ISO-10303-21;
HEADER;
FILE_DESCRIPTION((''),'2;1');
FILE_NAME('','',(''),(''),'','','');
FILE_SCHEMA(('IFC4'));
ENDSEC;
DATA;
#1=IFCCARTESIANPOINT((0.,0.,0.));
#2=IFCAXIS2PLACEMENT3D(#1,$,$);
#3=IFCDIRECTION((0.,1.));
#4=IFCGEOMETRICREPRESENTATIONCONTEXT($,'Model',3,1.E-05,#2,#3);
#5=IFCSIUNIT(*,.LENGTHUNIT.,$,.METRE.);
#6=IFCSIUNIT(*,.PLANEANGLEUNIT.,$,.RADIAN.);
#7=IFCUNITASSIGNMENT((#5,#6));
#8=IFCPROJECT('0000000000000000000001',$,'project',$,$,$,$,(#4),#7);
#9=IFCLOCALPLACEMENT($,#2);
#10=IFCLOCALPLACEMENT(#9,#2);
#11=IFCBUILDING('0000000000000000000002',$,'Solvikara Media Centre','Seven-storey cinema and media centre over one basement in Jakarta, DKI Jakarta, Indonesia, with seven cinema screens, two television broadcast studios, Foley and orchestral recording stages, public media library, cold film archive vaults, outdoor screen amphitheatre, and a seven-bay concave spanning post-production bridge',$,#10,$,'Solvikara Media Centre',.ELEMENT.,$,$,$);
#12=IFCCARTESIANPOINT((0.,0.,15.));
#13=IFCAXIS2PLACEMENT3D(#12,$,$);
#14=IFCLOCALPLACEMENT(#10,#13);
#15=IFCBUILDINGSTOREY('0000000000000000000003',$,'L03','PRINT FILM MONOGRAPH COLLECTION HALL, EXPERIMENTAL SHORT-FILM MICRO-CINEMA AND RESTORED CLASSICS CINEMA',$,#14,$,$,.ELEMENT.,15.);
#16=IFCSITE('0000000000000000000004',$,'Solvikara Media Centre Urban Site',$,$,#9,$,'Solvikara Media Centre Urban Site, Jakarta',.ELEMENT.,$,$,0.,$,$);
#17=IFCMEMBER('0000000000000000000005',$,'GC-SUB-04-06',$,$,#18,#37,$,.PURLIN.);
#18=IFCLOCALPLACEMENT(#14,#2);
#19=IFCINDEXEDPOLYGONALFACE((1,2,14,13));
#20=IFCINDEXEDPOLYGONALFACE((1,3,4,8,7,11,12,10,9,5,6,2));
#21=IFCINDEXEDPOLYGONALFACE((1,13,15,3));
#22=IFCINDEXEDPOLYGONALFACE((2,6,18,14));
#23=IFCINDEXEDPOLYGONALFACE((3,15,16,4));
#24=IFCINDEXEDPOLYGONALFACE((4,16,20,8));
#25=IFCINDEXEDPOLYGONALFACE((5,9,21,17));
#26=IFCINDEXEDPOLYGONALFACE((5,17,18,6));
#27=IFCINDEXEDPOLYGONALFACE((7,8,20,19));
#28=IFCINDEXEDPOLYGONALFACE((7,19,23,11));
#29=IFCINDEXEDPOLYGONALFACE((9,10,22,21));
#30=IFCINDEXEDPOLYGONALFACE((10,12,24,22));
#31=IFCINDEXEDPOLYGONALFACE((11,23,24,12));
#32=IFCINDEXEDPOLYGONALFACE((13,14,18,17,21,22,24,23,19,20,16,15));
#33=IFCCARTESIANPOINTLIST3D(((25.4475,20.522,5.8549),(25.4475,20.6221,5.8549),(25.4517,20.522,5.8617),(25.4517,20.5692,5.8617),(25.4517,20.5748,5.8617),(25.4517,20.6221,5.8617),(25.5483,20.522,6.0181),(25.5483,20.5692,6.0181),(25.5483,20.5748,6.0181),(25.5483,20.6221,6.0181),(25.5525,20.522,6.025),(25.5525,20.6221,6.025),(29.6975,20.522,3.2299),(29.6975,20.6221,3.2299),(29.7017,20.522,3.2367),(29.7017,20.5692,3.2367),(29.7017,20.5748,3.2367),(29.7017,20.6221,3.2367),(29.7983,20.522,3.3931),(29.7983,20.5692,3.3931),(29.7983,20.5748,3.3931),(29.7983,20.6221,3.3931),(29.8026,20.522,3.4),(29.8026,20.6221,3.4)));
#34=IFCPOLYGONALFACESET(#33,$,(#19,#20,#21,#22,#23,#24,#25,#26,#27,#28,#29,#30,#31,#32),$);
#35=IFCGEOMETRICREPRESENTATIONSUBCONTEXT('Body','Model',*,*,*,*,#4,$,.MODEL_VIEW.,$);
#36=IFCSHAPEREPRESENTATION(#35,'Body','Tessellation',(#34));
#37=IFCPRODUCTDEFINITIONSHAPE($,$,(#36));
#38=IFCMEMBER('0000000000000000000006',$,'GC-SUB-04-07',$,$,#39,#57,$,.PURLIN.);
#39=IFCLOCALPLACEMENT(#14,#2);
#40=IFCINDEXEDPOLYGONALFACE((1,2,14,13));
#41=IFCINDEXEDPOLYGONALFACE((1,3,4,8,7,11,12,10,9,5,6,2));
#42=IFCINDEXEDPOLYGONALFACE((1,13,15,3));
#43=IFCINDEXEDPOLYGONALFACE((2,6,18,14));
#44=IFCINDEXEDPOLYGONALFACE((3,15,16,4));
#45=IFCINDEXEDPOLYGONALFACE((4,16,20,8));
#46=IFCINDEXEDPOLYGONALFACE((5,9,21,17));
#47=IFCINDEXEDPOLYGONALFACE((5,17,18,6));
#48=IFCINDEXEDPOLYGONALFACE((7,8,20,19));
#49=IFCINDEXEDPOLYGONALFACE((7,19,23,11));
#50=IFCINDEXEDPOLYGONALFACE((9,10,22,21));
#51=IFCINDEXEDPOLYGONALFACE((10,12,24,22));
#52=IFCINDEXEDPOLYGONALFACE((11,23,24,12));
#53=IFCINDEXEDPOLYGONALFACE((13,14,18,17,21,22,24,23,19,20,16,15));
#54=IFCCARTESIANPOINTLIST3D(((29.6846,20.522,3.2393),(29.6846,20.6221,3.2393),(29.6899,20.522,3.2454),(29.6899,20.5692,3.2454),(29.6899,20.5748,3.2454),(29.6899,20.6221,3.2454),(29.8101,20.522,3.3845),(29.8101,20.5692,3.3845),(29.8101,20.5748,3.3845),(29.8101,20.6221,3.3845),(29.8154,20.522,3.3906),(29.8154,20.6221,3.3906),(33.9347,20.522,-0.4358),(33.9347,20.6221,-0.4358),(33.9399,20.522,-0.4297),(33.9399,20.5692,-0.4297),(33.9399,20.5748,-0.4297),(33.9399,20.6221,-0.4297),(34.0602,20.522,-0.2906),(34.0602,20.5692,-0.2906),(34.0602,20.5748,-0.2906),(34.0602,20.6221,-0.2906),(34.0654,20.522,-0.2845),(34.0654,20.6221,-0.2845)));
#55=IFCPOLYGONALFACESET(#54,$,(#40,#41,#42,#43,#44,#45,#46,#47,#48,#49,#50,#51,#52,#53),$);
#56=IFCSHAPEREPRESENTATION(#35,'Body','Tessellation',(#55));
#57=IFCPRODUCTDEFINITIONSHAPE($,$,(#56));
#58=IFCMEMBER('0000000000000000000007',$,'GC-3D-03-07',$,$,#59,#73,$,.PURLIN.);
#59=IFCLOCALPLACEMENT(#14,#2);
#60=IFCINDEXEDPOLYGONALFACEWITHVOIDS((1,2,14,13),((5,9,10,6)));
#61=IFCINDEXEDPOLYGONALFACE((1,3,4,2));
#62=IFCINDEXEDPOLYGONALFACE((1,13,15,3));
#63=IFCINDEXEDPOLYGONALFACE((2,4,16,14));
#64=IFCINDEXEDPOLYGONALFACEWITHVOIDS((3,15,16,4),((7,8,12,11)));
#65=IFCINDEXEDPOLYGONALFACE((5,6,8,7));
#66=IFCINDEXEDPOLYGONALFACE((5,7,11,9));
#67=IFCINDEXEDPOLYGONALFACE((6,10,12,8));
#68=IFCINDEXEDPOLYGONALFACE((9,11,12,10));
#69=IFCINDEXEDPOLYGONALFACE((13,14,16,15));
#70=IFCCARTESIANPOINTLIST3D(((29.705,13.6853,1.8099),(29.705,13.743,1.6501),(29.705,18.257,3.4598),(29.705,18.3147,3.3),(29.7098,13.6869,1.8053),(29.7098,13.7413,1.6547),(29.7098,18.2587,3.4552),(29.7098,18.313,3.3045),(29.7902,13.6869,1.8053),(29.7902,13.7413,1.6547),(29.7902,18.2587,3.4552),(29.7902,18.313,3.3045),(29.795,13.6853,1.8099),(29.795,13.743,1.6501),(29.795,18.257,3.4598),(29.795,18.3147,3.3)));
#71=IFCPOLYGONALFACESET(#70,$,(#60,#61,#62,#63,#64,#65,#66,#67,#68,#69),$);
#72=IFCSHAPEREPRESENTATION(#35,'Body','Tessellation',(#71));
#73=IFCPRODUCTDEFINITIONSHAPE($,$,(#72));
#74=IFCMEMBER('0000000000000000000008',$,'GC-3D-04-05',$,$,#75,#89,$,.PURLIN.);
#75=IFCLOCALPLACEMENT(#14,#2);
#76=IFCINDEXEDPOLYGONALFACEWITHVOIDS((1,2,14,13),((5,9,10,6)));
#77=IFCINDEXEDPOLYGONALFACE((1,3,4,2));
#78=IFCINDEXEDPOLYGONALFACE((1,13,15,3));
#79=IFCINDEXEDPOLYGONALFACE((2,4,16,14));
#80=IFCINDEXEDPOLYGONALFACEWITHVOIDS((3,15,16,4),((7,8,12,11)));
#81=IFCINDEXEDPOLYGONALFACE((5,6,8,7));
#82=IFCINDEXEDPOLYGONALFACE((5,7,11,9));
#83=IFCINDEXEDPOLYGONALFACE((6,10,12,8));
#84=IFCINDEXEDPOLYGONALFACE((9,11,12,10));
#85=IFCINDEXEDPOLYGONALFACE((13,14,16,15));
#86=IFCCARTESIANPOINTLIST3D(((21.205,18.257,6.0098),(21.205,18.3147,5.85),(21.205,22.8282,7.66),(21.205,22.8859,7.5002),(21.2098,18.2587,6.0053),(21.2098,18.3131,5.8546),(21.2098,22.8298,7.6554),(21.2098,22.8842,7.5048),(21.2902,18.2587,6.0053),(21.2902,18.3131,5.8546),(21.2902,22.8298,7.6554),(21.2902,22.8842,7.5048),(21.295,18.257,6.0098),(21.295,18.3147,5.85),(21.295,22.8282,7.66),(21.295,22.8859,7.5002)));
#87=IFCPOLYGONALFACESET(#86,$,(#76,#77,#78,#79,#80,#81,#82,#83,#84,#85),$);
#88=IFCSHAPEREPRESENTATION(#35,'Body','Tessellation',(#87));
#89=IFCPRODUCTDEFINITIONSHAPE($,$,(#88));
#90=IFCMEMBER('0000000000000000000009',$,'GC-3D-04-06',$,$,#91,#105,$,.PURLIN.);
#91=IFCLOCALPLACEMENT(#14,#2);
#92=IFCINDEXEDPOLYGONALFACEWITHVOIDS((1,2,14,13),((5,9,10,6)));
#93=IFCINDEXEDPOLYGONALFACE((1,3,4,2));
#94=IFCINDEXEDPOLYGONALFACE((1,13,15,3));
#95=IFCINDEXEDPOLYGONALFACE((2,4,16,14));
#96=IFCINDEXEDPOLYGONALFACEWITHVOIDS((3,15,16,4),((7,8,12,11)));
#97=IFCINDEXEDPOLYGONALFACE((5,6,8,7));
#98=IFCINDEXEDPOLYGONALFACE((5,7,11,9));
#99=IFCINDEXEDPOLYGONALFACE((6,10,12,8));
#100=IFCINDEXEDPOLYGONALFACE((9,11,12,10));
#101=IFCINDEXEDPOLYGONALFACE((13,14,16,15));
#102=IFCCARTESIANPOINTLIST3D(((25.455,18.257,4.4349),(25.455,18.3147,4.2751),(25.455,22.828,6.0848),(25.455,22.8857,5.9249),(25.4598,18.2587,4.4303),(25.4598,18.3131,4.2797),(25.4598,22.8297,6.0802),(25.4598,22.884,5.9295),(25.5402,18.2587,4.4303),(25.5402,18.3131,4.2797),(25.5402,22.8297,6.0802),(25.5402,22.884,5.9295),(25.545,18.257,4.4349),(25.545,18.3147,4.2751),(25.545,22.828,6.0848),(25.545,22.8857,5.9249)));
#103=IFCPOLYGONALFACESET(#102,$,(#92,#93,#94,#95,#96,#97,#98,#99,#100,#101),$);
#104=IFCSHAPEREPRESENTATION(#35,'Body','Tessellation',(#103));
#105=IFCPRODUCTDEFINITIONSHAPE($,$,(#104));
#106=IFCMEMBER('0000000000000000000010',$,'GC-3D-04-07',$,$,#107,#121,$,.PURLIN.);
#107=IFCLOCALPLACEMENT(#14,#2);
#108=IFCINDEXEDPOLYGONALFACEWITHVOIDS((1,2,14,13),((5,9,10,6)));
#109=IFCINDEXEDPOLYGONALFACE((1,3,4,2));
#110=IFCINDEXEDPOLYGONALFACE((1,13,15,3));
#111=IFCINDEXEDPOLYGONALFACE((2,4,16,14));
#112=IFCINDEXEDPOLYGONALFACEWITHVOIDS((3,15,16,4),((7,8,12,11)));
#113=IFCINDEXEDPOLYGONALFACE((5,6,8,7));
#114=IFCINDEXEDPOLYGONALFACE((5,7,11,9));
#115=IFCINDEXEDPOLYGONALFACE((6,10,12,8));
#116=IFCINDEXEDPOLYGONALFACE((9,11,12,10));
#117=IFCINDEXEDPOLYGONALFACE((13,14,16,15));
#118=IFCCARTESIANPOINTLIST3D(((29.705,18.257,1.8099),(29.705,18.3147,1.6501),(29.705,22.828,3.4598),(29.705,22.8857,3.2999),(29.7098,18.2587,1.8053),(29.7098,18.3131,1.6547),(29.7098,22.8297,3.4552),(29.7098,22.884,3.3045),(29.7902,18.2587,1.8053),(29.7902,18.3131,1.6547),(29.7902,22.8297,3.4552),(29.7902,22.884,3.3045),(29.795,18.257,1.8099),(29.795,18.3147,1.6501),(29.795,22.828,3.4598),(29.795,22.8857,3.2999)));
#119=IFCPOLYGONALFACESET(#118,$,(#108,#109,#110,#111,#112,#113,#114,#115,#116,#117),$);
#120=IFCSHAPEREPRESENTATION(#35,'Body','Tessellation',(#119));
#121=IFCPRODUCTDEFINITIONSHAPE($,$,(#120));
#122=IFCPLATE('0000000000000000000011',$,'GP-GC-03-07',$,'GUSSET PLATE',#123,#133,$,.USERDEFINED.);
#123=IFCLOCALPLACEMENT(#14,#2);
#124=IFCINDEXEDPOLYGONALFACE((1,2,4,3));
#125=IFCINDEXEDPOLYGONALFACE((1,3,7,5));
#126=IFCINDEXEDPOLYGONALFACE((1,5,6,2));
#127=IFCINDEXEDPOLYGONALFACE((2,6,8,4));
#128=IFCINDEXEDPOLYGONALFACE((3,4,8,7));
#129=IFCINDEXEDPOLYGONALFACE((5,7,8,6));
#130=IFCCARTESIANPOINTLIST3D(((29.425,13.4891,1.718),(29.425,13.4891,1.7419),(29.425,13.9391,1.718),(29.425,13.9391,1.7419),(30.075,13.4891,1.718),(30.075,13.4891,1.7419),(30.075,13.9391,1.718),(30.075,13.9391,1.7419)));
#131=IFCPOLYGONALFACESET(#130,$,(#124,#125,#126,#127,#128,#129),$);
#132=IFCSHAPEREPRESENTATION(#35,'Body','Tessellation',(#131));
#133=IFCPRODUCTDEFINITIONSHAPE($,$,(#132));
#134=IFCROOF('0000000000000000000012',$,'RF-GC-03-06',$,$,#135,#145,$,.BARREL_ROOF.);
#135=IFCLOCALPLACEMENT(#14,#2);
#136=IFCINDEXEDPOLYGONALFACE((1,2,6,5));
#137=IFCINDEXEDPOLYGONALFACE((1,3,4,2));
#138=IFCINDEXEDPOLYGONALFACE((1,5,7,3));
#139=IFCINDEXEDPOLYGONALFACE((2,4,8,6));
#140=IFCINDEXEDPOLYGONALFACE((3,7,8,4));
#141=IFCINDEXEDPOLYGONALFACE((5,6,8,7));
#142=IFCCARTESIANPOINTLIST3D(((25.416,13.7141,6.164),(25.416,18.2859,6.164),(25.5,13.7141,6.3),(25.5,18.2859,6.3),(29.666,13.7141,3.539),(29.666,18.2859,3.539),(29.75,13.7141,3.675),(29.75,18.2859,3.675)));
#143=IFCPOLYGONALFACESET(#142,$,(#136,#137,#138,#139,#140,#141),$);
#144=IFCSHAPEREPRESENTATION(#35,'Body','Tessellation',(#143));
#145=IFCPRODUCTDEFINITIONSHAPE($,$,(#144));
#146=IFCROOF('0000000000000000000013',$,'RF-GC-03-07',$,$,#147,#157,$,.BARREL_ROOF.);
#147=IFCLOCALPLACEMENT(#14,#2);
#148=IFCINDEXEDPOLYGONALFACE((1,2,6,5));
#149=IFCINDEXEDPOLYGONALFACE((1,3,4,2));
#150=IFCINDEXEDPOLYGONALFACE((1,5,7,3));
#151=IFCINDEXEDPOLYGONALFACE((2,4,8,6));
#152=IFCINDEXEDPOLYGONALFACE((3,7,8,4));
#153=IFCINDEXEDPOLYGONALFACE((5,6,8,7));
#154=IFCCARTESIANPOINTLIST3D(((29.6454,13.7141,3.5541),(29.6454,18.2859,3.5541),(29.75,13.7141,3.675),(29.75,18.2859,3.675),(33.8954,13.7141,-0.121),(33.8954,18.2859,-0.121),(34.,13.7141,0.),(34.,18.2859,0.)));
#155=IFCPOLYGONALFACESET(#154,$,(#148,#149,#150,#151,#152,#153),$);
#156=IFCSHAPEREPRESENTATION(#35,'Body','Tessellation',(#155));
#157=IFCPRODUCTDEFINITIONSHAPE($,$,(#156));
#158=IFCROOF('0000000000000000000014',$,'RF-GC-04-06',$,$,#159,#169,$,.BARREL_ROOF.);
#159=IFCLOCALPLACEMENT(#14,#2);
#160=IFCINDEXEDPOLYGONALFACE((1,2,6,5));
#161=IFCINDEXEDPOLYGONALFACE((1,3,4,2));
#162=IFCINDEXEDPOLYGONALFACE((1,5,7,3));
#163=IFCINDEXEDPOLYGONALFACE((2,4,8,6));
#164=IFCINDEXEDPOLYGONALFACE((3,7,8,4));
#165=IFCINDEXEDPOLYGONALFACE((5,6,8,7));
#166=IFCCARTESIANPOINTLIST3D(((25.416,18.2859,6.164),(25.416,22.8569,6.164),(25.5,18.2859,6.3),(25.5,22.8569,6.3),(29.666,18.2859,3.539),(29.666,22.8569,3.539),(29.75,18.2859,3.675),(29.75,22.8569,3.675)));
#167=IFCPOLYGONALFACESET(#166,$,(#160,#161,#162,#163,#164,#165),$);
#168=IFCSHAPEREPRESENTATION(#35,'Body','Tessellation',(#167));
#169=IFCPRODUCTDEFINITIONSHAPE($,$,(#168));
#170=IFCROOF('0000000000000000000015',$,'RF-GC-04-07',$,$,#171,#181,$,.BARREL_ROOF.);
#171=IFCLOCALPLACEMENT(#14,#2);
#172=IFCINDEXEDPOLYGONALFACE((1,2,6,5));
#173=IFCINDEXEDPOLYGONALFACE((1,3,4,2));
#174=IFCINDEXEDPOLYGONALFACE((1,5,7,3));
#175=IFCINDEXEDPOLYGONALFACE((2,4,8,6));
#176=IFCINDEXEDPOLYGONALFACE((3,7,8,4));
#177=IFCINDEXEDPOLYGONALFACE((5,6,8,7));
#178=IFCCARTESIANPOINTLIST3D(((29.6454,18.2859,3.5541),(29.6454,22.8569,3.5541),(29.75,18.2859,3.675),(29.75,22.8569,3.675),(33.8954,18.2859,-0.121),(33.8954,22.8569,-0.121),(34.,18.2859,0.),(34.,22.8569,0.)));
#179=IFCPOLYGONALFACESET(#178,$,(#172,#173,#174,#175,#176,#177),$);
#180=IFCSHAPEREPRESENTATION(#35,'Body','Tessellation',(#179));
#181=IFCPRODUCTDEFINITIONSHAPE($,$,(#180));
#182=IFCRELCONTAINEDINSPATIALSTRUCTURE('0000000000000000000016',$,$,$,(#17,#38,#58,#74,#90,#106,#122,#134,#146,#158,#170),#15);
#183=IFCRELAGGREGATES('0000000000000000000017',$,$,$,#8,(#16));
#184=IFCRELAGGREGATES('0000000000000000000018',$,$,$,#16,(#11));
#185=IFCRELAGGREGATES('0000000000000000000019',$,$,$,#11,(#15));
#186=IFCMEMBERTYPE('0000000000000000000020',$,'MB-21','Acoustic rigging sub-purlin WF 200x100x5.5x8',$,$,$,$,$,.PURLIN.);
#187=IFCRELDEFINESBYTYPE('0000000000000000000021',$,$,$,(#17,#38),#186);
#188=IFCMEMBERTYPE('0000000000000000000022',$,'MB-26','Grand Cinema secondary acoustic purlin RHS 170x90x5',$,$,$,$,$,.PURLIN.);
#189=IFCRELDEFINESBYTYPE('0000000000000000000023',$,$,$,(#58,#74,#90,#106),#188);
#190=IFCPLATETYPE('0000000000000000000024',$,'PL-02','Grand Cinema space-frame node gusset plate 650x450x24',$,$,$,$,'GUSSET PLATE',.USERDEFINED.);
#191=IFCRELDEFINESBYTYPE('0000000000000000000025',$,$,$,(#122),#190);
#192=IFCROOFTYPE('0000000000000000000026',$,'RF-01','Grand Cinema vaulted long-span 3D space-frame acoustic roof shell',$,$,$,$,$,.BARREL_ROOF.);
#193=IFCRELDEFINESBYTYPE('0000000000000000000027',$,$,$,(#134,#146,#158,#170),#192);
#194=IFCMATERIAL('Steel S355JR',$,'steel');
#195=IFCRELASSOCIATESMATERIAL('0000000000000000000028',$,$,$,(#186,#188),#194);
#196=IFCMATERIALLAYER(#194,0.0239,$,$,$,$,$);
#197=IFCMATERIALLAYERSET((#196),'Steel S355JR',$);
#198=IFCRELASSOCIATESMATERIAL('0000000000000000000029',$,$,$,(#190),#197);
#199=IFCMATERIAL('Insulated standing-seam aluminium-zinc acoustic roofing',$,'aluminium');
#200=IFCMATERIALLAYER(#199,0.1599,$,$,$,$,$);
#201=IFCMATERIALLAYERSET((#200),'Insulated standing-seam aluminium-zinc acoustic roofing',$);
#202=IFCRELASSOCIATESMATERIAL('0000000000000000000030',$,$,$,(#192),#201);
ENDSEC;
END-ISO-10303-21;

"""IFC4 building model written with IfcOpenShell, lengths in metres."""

from ifc_helpers import new_model, si_unit, direction, frame, origin, origin_2d, place, context, subcontext, project, spatial, polyline, rectangle, hollow_rectangle, i_section, outline, extrude, material, layer, layer_set, material_profile, profile_set, type_object, element, save


model = new_model("IFC4")

# Units and contexts
model_context = context("Model", 3, precision=1e-05, world=origin(), true_north=direction((0.0, 1.0)))
body_context = subcontext(model_context, "Body", "Model", "MODEL_VIEW")
ifc_project = project(units=[si_unit("LENGTHUNIT", "METRE"), si_unit("PLANEANGLEUNIT", "RADIAN")], contexts=[model_context])

# Site, building, storey
site_placement = place(None, origin())
site = spatial("IfcSite", under=ifc_project, at=site_placement, Name="Solvikara Media Centre Urban Site", LongName="Solvikara Media Centre Urban Site, Jakarta", CompositionType="ELEMENT", RefElevation=0.0)
building_placement = place(site_placement, origin())
building = spatial("IfcBuilding", under=site, at=building_placement, Name="Solvikara Media Centre", Description="Seven-storey cinema and media centre over one basement in Jakarta, DKI Jakarta, Indonesia, with seven cinema screens, two television broadcast studios, Foley and orchestral recording stages, public media library, cold film archive vaults, outdoor screen amphitheatre, and a seven-bay concave spanning post-production bridge", LongName="Solvikara Media Centre", CompositionType="ELEMENT")
storey_placement = place(building_placement, frame((0.0, 0.0, 15.0)))
storey = spatial("IfcBuildingStorey", under=building, at=storey_placement, Name="L03", Description="PRINT FILM MONOGRAPH COLLECTION HALL, EXPERIMENTAL SHORT-FILM MICRO-CINEMA AND RESTORED CLASSICS CINEMA", CompositionType="ELEMENT", Elevation=15.0)

# Members
ifc_material_1 = material(Name="Steel S355JR", Category="steel")
ifc_material_profile_1 = material_profile(ifc_material_1, i_section(OverallWidth=0.1001, OverallDepth=0.2, WebThickness=0.0056, FlangeThickness=0.0081, at=origin_2d()), Name="WF 200x100x5.5x8")
ifc_profile_set_1 = profile_set([ifc_material_profile_1], Name="Steel S355JR")
member_type_1 = type_object("IfcMemberType", Name="MB-21", Description="Acoustic rigging sub-purlin WF 200x100x5.5x8", PredefinedType="PURLIN", material=ifc_profile_set_1)
member_1_placement = place(storey_placement, frame((25.5, 20.572, 5.9399), z_axis=(0.850798, 0.0, -0.525493), x_axis=(0.0, 1.0, 0.0)))
element("IfcMember", 1, at=member_1_placement, inside=storey, type_object=member_type_1, Name="GC-SUB-04-06", PredefinedType="PURLIN", context=body_context, shape_type="SweptSolid", body=[
    extrude(i_section(OverallWidth=0.1001, OverallDepth=0.2, WebThickness=0.0056, FlangeThickness=0.0081, at=origin_2d()), origin(), (0.0, 0.0, 1.0), 4.9954),
])
member_2_placement = place(storey_placement, frame((29.75, 20.572, 3.3149), z_axis=(0.756418, 0.0, -0.654088), x_axis=(0.0, 1.0, 0.0)))
element("IfcMember", 2, at=member_2_placement, inside=storey, type_object=member_type_1, Name="GC-SUB-04-07", PredefinedType="PURLIN", context=body_context, shape_type="SweptSolid", body=[
    extrude(i_section(OverallWidth=0.1001, OverallDepth=0.2, WebThickness=0.0056, FlangeThickness=0.0081, at=origin_2d()), origin(), (0.0, 0.0, 1.0), 5.6187),
])
ifc_material_profile_2 = material_profile(ifc_material_1, hollow_rectangle(XDim=0.0901, YDim=0.1699, WallThickness=0.0049, at=origin_2d()), Name="RHS 170x90x5")
ifc_profile_set_2 = profile_set([ifc_material_profile_2], Name="Steel S355JR")
member_type_2 = type_object("IfcMemberType", Name="MB-26", Description="Grand Cinema secondary acoustic purlin RHS 170x90x5", PredefinedType="PURLIN", material=ifc_profile_set_2)
member_3_placement = place(storey_placement, frame((29.75, 13.7141, 1.73), z_axis=(0.0, 0.940621, 0.339459), x_axis=(-1.0, 0.0, 0.0)))
element("IfcMember", 3, at=member_3_placement, inside=storey, type_object=member_type_2, Name="GC-3D-03-07", PredefinedType="PURLIN", context=body_context, shape_type="SweptSolid", body=[
    extrude(hollow_rectangle(XDim=0.0901, YDim=0.1699, WallThickness=0.0049, at=origin_2d()), origin(), (0.0, 0.0, 1.0), 4.8604),
])
member_4_placement = place(storey_placement, frame((21.25, 18.2859, 5.9299), z_axis=(0.0, 0.940587, 0.339552), x_axis=(-1.0, 0.0, 0.0)))
element("IfcMember", 4, at=member_4_placement, inside=storey, type_object=member_type_2, Name="GC-3D-04-05", PredefinedType="PURLIN", context=body_context, shape_type="SweptSolid", body=[
    extrude(hollow_rectangle(XDim=0.0901, YDim=0.1699, WallThickness=0.0049, at=origin_2d()), origin(), (0.0, 0.0, 1.0), 4.8599),
])
for number, where, z_axis, x_axis, name in (
    (5, (25.5, 18.2859, 4.355), (0.0, 0.940603, 0.339507), (-1.0, 0.0, 0.0), "GC-3D-04-06"),
    (6, (29.75, 18.2859, 1.73), (0.0, 0.940603, 0.339507), (-1.0, 0.0, 0.0), "GC-3D-04-07"),
):
    element("IfcMember", number, at=place(storey_placement, frame(where, z_axis=z_axis, x_axis=x_axis)), inside=storey, type_object=member_type_2, Name=name, PredefinedType="PURLIN", context=body_context, shape_type="SweptSolid", body=[
        extrude(hollow_rectangle(XDim=0.0901, YDim=0.1699, WallThickness=0.0049, at=origin_2d()), origin(), (0.0, 0.0, 1.0), 4.8596),
    ])

# Plate
ifc_layer_1 = layer(ifc_material_1, 0.0239)
ifc_layer_set_1 = layer_set([ifc_layer_1], Name="Steel S355JR")
plate_type = type_object("IfcPlateType", Name="PL-02", Description="Grand Cinema space-frame node gusset plate 650x450x24", ElementType="GUSSET PLATE", PredefinedType="USERDEFINED", material=ifc_layer_set_1)
plate_placement = place(storey_placement, frame((29.75, 13.7141, 1.718), z_axis=(0.0, 0.0, 1.0), x_axis=(1.0, 0.0, 0.0)))
element("IfcPlate", 7, at=plate_placement, inside=storey, type_object=plate_type, Name="GP-GC-03-07", ObjectType="GUSSET PLATE", PredefinedType="USERDEFINED", context=body_context, shape_type="SweptSolid", body=[
    extrude(rectangle(XDim=0.6499, YDim=0.45, at=origin_2d()), origin(), (0.0, 0.0, 1.0), 0.0239),
])

# Roofs
ifc_material_2 = material(Name="Insulated standing-seam aluminium-zinc acoustic roofing", Category="aluminium")
ifc_layer_2 = layer(ifc_material_2, 0.1599)
ifc_layer_set_2 = layer_set([ifc_layer_2], Name="Insulated standing-seam aluminium-zinc acoustic roofing")
roof_type = type_object("IfcRoofType", Name="RF-01", Description="Grand Cinema vaulted long-span 3D space-frame acoustic roof shell", PredefinedType="BARREL_ROOF", material=ifc_layer_set_2)
roof_1_placement = place(storey_placement, frame((25.5, 13.7141, 6.3), z_axis=(0.525493, 0.0, 0.850798), x_axis=(0.850798, 0.0, -0.525493)))
element("IfcRoof", 8, at=roof_1_placement, inside=storey, type_object=roof_type, Name="RF-GC-03-06", PredefinedType="BARREL_ROOF", context=body_context, shape_type="SweptSolid", body=[
    extrude(outline(polyline([(0.0, 0.0), (4.9953, 0.0), (4.9953, 4.5718), (0.0, 4.5718), (0.0, 0.0)])), origin(), (0.0, 0.0, -1.0), 0.1599),
])
roof_2_placement = place(storey_placement, frame((29.75, 13.7141, 3.675), z_axis=(0.654088, 0.0, 0.756418), x_axis=(0.756418, 0.0, -0.654088)))
element("IfcRoof", 9, at=roof_2_placement, inside=storey, type_object=roof_type, Name="RF-GC-03-07", PredefinedType="BARREL_ROOF", context=body_context, shape_type="SweptSolid", body=[
    extrude(outline(polyline([(0.0, 0.0), (5.6186, 0.0), (5.6186, 4.5718), (0.0, 4.5718), (0.0, 0.0)])), origin(), (0.0, 0.0, -1.0), 0.1599),
])
roof_3_placement = place(storey_placement, frame((25.5, 18.2859, 6.3), z_axis=(0.525493, 0.0, 0.850798), x_axis=(0.850798, 0.0, -0.525493)))
element("IfcRoof", 10, at=roof_3_placement, inside=storey, type_object=roof_type, Name="RF-GC-04-06", PredefinedType="BARREL_ROOF", context=body_context, shape_type="SweptSolid", body=[
    extrude(outline(polyline([(0.0, 0.0), (4.9953, 0.0), (4.9953, 4.571), (0.0, 4.571), (0.0, 0.0)])), origin(), (0.0, 0.0, -1.0), 0.1599),
])
roof_4_placement = place(storey_placement, frame((29.75, 18.2859, 3.675), z_axis=(0.654088, 0.0, 0.756418), x_axis=(0.756418, 0.0, -0.654088)))
element("IfcRoof", 11, at=roof_4_placement, inside=storey, type_object=roof_type, Name="RF-GC-04-07", PredefinedType="BARREL_ROOF", context=body_context, shape_type="SweptSolid", body=[
    extrude(outline(polyline([(0.0, 0.0), (5.6186, 0.0), (5.6186, 4.571), (0.0, 4.571), (0.0, 0.0)])), origin(), (0.0, 0.0, -1.0), 0.1599),
])

save(model, "model.ifc")
